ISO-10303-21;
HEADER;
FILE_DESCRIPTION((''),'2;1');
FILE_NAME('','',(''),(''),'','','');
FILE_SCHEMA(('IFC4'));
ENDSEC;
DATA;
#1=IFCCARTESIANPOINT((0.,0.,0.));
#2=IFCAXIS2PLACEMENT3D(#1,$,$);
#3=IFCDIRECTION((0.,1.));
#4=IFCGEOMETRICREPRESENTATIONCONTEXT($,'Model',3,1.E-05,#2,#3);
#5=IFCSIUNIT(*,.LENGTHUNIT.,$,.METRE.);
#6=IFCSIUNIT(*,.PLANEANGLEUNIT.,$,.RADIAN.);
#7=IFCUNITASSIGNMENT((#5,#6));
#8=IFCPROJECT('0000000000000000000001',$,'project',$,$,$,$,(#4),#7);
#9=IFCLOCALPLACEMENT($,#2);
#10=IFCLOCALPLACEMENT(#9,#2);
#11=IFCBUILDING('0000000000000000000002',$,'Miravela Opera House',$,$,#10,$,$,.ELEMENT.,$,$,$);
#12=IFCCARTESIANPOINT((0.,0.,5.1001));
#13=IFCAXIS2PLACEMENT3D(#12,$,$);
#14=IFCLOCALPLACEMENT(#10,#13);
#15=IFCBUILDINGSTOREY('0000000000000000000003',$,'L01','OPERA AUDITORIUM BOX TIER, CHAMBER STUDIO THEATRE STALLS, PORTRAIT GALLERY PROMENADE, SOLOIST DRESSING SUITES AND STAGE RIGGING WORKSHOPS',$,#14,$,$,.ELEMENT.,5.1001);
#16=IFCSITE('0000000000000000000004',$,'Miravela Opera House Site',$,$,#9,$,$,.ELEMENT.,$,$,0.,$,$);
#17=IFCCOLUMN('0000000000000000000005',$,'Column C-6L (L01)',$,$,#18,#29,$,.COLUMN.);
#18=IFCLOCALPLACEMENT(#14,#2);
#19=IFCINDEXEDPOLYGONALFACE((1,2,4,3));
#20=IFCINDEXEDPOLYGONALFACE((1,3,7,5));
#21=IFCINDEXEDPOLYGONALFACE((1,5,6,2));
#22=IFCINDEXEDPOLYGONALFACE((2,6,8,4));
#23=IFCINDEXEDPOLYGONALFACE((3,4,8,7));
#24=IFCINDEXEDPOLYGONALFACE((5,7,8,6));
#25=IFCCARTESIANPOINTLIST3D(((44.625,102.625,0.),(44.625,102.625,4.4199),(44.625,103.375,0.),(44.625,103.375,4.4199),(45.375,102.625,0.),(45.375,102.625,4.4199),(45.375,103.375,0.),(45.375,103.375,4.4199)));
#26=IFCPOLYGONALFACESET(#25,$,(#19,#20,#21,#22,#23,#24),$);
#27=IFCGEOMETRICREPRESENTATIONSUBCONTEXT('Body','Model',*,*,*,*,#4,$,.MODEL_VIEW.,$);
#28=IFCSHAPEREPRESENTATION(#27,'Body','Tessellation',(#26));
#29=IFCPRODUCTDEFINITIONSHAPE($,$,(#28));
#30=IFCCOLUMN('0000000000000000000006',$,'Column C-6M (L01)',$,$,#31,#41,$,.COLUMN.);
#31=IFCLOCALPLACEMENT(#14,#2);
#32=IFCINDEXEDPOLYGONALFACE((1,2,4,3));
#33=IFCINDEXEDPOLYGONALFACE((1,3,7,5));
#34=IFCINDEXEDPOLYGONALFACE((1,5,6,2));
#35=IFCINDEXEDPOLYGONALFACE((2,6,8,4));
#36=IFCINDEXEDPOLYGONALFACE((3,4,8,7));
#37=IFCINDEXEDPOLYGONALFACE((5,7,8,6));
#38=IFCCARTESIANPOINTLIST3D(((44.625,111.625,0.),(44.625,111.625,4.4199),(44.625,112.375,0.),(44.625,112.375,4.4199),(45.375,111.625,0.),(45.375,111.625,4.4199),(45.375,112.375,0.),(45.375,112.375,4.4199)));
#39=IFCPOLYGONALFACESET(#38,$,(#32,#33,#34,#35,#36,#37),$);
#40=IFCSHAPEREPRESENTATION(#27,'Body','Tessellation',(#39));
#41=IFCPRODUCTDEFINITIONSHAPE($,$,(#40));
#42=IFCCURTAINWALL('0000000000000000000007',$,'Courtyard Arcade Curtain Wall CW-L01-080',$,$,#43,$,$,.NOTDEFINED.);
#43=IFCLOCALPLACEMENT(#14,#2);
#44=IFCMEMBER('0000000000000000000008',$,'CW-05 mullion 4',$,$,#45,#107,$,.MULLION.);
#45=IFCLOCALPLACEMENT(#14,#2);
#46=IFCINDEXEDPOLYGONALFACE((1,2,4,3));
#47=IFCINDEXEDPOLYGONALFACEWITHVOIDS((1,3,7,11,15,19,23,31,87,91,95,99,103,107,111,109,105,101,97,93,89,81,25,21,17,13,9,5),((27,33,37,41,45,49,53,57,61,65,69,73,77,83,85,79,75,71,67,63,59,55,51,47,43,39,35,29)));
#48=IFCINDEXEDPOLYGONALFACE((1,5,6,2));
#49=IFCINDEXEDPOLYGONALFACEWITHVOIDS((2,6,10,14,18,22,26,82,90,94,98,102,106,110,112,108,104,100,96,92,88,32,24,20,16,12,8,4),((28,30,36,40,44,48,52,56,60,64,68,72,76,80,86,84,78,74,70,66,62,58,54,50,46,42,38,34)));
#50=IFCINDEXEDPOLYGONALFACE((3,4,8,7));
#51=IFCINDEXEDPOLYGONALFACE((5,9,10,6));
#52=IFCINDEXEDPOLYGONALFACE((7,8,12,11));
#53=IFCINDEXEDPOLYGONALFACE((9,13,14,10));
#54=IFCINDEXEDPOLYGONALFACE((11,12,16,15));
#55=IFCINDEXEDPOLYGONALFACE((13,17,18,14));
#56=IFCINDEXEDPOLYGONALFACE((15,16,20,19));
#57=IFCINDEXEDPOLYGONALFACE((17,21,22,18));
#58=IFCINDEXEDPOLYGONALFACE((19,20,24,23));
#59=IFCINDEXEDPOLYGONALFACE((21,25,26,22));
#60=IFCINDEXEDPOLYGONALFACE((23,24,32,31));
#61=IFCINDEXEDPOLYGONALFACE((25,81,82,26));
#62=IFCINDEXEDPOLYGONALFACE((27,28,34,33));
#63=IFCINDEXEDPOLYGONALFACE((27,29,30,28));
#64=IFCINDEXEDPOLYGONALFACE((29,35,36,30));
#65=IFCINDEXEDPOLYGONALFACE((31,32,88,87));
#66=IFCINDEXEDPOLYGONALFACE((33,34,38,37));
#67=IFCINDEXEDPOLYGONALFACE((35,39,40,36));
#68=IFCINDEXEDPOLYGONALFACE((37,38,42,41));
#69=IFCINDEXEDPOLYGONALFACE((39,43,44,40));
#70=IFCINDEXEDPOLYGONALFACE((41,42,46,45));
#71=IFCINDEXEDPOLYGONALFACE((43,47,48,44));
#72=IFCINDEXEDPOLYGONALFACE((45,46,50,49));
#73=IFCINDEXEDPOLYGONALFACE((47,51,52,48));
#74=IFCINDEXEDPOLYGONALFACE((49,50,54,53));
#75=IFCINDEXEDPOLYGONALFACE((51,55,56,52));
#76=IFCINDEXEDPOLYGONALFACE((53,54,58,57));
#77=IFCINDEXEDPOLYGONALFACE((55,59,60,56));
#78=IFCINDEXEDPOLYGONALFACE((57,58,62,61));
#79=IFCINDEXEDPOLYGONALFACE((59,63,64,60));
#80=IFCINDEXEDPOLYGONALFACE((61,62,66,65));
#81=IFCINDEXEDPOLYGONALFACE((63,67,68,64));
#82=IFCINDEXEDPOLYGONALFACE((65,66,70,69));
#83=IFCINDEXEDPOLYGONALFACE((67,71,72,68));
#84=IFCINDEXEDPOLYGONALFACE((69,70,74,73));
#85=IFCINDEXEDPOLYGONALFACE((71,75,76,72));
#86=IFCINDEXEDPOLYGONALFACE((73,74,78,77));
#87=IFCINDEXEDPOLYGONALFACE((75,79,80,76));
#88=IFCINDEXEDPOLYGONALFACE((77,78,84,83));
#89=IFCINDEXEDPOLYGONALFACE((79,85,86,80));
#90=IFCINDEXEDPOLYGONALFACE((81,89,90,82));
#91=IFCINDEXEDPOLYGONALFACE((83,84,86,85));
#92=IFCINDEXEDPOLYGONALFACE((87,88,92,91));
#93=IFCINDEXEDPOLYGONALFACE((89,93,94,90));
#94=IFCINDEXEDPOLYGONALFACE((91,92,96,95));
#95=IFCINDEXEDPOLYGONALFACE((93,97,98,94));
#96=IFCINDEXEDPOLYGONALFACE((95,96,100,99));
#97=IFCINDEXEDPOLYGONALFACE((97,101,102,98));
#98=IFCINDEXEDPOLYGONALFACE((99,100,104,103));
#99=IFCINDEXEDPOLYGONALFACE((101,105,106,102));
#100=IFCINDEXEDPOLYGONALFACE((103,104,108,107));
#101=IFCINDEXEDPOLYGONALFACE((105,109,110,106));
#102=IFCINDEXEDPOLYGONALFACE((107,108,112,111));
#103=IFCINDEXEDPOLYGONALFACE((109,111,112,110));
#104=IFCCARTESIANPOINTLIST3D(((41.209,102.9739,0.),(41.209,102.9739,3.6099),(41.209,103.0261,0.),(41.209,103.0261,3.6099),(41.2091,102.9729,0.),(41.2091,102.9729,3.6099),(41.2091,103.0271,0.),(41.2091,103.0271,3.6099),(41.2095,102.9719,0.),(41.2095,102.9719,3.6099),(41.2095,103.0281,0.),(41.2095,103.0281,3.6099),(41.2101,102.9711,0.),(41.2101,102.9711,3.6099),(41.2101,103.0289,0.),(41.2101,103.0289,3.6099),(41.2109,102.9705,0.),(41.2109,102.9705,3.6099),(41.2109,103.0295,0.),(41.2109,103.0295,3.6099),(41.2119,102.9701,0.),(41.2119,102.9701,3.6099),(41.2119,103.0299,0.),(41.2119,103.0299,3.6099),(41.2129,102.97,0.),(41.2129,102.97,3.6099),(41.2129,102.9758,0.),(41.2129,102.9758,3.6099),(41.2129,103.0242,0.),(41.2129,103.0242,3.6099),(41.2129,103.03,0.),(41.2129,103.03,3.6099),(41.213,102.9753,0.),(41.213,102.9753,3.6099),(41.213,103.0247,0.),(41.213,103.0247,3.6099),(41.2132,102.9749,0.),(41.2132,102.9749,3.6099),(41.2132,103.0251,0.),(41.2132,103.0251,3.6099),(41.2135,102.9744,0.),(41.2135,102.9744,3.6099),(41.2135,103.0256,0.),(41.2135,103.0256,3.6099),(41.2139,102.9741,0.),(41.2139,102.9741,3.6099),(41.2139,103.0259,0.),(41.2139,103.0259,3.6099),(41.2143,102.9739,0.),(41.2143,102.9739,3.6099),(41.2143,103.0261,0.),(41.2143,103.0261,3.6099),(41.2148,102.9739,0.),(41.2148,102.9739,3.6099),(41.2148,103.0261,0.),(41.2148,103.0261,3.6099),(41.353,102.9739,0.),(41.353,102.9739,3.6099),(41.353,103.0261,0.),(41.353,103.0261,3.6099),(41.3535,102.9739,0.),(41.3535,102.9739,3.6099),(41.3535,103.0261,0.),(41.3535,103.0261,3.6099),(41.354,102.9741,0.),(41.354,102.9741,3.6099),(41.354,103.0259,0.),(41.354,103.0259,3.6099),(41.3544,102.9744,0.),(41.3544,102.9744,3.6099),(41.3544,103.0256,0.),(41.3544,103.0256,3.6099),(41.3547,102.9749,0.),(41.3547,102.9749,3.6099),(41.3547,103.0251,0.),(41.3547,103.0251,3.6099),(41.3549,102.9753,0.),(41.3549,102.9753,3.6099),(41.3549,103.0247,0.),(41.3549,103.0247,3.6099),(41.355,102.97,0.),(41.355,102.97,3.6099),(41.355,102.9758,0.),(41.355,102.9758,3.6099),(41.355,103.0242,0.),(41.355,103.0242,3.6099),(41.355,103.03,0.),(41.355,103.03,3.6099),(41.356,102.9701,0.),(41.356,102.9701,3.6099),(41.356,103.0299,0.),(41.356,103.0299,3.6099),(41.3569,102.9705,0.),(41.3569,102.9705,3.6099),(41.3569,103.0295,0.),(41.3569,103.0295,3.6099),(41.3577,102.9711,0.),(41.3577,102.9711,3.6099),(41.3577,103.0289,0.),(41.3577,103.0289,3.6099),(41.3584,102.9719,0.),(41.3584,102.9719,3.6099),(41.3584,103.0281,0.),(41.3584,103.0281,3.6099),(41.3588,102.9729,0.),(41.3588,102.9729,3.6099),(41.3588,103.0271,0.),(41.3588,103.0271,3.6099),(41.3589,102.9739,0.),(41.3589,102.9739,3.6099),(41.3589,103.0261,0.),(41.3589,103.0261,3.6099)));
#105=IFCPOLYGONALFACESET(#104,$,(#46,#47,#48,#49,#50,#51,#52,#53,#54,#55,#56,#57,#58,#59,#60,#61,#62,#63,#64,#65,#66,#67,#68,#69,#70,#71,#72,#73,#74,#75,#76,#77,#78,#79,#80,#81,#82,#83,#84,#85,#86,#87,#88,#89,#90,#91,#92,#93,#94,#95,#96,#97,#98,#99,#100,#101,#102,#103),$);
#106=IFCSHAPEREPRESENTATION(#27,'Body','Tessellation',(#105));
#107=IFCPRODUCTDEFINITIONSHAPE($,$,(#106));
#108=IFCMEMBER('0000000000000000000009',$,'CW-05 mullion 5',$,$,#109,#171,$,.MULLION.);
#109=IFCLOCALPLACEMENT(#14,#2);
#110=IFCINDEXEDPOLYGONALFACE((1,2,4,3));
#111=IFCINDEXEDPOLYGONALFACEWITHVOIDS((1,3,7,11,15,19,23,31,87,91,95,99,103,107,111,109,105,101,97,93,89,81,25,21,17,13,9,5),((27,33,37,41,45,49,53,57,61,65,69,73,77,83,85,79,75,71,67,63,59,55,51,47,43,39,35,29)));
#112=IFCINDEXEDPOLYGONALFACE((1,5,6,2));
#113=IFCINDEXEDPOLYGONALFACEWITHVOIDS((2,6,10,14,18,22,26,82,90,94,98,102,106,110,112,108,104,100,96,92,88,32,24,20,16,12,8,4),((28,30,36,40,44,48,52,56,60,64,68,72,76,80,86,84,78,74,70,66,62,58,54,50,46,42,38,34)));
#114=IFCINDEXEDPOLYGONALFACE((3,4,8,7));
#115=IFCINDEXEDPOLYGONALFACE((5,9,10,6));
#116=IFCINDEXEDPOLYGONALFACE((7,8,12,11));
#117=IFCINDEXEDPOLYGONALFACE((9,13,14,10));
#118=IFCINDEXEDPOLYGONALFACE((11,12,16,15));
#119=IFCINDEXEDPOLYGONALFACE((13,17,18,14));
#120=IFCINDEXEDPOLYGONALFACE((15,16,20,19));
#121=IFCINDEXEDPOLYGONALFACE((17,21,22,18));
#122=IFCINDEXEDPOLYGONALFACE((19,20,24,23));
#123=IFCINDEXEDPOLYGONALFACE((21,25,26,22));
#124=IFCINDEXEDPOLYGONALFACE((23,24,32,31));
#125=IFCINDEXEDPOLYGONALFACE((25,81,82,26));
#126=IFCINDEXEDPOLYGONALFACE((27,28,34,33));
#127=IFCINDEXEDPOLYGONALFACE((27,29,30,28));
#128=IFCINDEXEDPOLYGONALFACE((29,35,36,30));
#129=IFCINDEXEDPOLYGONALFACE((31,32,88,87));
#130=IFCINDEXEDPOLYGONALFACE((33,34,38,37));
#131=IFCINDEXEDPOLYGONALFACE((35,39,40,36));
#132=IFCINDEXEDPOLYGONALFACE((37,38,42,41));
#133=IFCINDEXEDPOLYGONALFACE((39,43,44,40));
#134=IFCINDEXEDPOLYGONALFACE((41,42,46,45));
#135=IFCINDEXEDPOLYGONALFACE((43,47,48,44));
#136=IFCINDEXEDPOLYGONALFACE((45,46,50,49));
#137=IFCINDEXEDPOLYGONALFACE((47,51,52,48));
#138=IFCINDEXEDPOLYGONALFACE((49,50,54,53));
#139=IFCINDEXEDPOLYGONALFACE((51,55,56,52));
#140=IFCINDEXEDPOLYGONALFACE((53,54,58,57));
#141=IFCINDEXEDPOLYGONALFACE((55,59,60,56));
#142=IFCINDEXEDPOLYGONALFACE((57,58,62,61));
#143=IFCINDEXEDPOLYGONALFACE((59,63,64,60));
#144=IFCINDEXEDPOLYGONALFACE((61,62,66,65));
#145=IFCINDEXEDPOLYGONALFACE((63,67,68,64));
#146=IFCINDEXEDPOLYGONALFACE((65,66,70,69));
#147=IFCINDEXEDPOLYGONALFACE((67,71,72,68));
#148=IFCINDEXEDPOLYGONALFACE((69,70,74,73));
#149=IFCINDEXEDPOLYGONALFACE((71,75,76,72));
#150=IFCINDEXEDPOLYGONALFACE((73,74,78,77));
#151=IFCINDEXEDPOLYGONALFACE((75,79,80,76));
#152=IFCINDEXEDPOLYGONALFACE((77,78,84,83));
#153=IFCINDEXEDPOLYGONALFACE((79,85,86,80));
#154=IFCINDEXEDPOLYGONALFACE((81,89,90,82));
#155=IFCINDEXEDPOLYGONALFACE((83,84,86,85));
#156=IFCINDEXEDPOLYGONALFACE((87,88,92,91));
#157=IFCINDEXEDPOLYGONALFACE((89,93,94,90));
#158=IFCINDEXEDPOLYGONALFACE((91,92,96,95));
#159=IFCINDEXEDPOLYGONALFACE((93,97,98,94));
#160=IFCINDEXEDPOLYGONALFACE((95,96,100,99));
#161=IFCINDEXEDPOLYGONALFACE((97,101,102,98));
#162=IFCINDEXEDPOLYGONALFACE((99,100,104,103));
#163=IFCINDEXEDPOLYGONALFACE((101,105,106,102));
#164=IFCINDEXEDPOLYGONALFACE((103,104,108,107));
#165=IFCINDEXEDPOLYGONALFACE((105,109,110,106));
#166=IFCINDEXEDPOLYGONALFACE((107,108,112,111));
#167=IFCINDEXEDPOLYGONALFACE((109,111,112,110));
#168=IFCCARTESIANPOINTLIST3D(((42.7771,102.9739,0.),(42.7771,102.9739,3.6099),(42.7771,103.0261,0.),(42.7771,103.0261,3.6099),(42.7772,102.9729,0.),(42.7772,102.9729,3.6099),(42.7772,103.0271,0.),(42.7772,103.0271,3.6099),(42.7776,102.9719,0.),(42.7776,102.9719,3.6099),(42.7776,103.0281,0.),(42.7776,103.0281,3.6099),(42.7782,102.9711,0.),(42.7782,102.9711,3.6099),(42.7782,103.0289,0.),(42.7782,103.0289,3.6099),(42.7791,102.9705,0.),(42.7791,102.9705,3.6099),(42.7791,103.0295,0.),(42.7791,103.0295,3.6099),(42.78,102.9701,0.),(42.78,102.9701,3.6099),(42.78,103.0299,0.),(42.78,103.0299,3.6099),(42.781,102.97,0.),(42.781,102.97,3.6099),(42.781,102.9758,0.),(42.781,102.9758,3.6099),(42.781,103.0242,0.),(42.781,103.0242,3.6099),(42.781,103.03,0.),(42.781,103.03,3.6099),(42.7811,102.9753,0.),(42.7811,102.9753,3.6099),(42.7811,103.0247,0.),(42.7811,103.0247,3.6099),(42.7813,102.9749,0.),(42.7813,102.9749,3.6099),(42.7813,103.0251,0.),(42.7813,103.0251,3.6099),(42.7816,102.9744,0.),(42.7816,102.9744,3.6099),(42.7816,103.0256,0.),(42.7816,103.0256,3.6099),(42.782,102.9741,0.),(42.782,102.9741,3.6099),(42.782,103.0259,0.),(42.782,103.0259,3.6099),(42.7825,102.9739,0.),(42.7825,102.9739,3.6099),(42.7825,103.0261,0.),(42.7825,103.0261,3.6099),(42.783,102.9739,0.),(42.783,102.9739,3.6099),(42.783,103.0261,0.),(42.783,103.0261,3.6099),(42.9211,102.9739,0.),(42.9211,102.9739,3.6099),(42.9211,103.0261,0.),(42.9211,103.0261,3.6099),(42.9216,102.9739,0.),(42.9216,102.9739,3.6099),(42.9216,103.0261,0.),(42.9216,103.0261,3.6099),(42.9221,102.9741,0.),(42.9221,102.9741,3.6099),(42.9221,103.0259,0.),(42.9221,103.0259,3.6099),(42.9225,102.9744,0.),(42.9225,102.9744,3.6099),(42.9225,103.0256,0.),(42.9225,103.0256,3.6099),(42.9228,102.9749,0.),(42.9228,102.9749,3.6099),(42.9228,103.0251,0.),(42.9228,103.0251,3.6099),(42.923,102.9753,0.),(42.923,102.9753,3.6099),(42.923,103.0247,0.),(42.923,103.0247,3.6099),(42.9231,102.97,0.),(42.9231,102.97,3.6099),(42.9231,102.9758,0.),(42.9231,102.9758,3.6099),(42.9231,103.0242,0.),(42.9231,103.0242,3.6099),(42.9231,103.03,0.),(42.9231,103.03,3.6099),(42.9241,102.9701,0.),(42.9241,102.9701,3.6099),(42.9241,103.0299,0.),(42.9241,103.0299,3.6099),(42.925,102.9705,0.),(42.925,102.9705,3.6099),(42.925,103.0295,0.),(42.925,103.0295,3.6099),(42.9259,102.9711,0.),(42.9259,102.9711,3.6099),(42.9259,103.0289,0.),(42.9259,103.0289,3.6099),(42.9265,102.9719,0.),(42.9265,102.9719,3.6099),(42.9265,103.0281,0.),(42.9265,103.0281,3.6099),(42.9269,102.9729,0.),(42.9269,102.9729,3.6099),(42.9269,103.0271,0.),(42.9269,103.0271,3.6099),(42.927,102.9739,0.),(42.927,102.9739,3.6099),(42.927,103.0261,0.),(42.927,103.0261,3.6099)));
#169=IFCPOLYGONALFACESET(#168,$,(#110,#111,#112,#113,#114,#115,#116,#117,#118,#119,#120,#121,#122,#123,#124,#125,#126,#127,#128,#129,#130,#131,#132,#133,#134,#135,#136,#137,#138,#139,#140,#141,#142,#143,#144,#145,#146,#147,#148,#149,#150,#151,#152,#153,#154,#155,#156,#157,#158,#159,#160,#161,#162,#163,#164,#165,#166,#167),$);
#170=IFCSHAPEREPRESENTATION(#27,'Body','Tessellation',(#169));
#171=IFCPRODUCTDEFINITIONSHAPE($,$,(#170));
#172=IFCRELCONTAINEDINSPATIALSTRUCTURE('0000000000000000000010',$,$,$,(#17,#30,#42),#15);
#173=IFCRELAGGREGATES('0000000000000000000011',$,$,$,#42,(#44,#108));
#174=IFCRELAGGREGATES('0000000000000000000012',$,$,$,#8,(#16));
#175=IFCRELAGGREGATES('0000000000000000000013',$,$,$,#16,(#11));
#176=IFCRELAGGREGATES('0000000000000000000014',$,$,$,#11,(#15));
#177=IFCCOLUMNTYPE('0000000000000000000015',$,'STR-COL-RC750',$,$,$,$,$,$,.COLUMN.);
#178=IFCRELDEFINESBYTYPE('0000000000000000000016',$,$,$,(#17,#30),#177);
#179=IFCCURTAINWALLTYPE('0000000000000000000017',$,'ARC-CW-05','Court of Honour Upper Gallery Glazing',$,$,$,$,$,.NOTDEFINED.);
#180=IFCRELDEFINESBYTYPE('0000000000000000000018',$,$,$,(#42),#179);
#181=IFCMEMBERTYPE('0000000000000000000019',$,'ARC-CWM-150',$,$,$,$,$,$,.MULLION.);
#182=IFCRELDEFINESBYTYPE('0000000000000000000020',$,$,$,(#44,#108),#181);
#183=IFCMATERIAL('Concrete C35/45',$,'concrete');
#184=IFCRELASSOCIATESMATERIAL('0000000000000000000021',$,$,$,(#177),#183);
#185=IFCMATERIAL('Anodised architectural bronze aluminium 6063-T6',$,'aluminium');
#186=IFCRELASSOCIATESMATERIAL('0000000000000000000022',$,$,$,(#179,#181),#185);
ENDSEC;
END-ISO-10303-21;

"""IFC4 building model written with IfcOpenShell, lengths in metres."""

from ifc_helpers import new_model, si_unit, direction, frame, origin, origin_2d, place, context, subcontext, project, spatial, rectangle, hollow_rectangle, extrude, material, material_profile, profile_set, type_object, element, aggregate, save


model = new_model("IFC4")

# Units and contexts
model_context = context("Model", 3, precision=1e-05, world=origin(), true_north=direction((0.0, 1.0)))
body_context = subcontext(model_context, "Body", "Model", "MODEL_VIEW")
ifc_project = project(units=[si_unit("LENGTHUNIT", "METRE"), si_unit("PLANEANGLEUNIT", "RADIAN")], contexts=[model_context])

# Site, building, storey
site_placement = place(None, origin())
site = spatial("IfcSite", under=ifc_project, at=site_placement, Name="Miravela Opera House Site", CompositionType="ELEMENT", RefElevation=0.0)
building_placement = place(site_placement, origin())
building = spatial("IfcBuilding", under=site, at=building_placement, Name="Miravela Opera House", CompositionType="ELEMENT")
storey_placement = place(building_placement, frame((0.0, 0.0, 5.1001)))
storey = spatial("IfcBuildingStorey", under=building, at=storey_placement, Name="L01", Description="OPERA AUDITORIUM BOX TIER, CHAMBER STUDIO THEATRE STALLS, PORTRAIT GALLERY PROMENADE, SOLOIST DRESSING SUITES AND STAGE RIGGING WORKSHOPS", CompositionType="ELEMENT", Elevation=5.1001)

# Columns
ifc_material_1 = material(Name="Concrete C35/45", Category="concrete")
ifc_material_profile_1 = material_profile(ifc_material_1, rectangle(XDim=0.75, YDim=0.75, at=origin_2d()), Name="RC-COL-750X750")
ifc_profile_set_1 = profile_set([ifc_material_profile_1])
column_type = type_object("IfcColumnType", Name="STR-COL-RC750", PredefinedType="COLUMN", material=ifc_profile_set_1)
for number, where, z_axis, x_axis, name in (
    (1, (45.0, 103.0, 0.0), (0.0, 0.0, 1.0), (1.0, 0.0, 0.0), "Column C-6L (L01)"),
    (2, (45.0, 112.0, 0.0), (0.0, 0.0, 1.0), (1.0, 0.0, 0.0), "Column C-6M (L01)"),
):
    element("IfcColumn", number, at=place(storey_placement, frame(where, z_axis=z_axis, x_axis=x_axis)), inside=storey, type_object=column_type, Name=name, PredefinedType="COLUMN", context=body_context, shape_type="SweptSolid", body=[
        extrude(rectangle(XDim=0.75, YDim=0.75, at=origin_2d()), origin(), (0.0, 0.0, 1.0), 4.4199),
    ])

# Curtain wall, members
ifc_material_2 = material(Name="Anodised architectural bronze aluminium 6063-T6", Category="aluminium")
curtain_wall_type = type_object("IfcCurtainWallType", Name="ARC-CW-05", Description="Court of Honour Upper Gallery Glazing", PredefinedType="NOTDEFINED", material=ifc_material_2)
curtain_wall_placement = place(storey_placement, origin())
curtain_wall = element("IfcCurtainWall", 3, at=curtain_wall_placement, inside=storey, type_object=curtain_wall_type, Name="Courtyard Arcade Curtain Wall CW-L01-080", PredefinedType="NOTDEFINED")
ifc_material_profile_2 = material_profile(ifc_material_2, hollow_rectangle(XDim=0.0601, YDim=0.1499, WallThickness=0.0039, InnerFilletRadius=0.002, OuterFilletRadius=0.0039, at=origin_2d()), Name="CWM-60X150")
ifc_profile_set_2 = profile_set([ifc_material_profile_2])
member_type_1 = type_object("IfcMemberType", Name="ARC-CWM-150", PredefinedType="MULLION", material=ifc_profile_set_2)
member_1_placement = place(storey_placement, frame((41.2839, 103.0, 0.0), z_axis=(0.0, 0.0, 1.0), x_axis=(0.0, 1.0, 0.0)))
member_1 = element("IfcMember", 4, at=member_1_placement, type_object=member_type_1, Name="CW-05 mullion 4", PredefinedType="MULLION", context=body_context, shape_type="SweptSolid", body=[
    extrude(hollow_rectangle(XDim=0.0601, YDim=0.1499, WallThickness=0.0039, InnerFilletRadius=0.002, OuterFilletRadius=0.0039, at=origin_2d()), origin(), (0.0, 0.0, 1.0), 3.6099),
])
member_2_placement = place(storey_placement, frame((42.8521, 103.0, 0.0), z_axis=(0.0, 0.0, 1.0), x_axis=(0.0, 1.0, 0.0)))
member_2 = element("IfcMember", 5, at=member_2_placement, type_object=member_type_1, Name="CW-05 mullion 5", PredefinedType="MULLION", context=body_context, shape_type="SweptSolid", body=[
    extrude(hollow_rectangle(XDim=0.0601, YDim=0.1499, WallThickness=0.0039, InnerFilletRadius=0.002, OuterFilletRadius=0.0039, at=origin_2d()), origin(), (0.0, 0.0, 1.0), 3.6099),
])

aggregate(curtain_wall, [member_1, member_2])

save(model, "model.ifc")
